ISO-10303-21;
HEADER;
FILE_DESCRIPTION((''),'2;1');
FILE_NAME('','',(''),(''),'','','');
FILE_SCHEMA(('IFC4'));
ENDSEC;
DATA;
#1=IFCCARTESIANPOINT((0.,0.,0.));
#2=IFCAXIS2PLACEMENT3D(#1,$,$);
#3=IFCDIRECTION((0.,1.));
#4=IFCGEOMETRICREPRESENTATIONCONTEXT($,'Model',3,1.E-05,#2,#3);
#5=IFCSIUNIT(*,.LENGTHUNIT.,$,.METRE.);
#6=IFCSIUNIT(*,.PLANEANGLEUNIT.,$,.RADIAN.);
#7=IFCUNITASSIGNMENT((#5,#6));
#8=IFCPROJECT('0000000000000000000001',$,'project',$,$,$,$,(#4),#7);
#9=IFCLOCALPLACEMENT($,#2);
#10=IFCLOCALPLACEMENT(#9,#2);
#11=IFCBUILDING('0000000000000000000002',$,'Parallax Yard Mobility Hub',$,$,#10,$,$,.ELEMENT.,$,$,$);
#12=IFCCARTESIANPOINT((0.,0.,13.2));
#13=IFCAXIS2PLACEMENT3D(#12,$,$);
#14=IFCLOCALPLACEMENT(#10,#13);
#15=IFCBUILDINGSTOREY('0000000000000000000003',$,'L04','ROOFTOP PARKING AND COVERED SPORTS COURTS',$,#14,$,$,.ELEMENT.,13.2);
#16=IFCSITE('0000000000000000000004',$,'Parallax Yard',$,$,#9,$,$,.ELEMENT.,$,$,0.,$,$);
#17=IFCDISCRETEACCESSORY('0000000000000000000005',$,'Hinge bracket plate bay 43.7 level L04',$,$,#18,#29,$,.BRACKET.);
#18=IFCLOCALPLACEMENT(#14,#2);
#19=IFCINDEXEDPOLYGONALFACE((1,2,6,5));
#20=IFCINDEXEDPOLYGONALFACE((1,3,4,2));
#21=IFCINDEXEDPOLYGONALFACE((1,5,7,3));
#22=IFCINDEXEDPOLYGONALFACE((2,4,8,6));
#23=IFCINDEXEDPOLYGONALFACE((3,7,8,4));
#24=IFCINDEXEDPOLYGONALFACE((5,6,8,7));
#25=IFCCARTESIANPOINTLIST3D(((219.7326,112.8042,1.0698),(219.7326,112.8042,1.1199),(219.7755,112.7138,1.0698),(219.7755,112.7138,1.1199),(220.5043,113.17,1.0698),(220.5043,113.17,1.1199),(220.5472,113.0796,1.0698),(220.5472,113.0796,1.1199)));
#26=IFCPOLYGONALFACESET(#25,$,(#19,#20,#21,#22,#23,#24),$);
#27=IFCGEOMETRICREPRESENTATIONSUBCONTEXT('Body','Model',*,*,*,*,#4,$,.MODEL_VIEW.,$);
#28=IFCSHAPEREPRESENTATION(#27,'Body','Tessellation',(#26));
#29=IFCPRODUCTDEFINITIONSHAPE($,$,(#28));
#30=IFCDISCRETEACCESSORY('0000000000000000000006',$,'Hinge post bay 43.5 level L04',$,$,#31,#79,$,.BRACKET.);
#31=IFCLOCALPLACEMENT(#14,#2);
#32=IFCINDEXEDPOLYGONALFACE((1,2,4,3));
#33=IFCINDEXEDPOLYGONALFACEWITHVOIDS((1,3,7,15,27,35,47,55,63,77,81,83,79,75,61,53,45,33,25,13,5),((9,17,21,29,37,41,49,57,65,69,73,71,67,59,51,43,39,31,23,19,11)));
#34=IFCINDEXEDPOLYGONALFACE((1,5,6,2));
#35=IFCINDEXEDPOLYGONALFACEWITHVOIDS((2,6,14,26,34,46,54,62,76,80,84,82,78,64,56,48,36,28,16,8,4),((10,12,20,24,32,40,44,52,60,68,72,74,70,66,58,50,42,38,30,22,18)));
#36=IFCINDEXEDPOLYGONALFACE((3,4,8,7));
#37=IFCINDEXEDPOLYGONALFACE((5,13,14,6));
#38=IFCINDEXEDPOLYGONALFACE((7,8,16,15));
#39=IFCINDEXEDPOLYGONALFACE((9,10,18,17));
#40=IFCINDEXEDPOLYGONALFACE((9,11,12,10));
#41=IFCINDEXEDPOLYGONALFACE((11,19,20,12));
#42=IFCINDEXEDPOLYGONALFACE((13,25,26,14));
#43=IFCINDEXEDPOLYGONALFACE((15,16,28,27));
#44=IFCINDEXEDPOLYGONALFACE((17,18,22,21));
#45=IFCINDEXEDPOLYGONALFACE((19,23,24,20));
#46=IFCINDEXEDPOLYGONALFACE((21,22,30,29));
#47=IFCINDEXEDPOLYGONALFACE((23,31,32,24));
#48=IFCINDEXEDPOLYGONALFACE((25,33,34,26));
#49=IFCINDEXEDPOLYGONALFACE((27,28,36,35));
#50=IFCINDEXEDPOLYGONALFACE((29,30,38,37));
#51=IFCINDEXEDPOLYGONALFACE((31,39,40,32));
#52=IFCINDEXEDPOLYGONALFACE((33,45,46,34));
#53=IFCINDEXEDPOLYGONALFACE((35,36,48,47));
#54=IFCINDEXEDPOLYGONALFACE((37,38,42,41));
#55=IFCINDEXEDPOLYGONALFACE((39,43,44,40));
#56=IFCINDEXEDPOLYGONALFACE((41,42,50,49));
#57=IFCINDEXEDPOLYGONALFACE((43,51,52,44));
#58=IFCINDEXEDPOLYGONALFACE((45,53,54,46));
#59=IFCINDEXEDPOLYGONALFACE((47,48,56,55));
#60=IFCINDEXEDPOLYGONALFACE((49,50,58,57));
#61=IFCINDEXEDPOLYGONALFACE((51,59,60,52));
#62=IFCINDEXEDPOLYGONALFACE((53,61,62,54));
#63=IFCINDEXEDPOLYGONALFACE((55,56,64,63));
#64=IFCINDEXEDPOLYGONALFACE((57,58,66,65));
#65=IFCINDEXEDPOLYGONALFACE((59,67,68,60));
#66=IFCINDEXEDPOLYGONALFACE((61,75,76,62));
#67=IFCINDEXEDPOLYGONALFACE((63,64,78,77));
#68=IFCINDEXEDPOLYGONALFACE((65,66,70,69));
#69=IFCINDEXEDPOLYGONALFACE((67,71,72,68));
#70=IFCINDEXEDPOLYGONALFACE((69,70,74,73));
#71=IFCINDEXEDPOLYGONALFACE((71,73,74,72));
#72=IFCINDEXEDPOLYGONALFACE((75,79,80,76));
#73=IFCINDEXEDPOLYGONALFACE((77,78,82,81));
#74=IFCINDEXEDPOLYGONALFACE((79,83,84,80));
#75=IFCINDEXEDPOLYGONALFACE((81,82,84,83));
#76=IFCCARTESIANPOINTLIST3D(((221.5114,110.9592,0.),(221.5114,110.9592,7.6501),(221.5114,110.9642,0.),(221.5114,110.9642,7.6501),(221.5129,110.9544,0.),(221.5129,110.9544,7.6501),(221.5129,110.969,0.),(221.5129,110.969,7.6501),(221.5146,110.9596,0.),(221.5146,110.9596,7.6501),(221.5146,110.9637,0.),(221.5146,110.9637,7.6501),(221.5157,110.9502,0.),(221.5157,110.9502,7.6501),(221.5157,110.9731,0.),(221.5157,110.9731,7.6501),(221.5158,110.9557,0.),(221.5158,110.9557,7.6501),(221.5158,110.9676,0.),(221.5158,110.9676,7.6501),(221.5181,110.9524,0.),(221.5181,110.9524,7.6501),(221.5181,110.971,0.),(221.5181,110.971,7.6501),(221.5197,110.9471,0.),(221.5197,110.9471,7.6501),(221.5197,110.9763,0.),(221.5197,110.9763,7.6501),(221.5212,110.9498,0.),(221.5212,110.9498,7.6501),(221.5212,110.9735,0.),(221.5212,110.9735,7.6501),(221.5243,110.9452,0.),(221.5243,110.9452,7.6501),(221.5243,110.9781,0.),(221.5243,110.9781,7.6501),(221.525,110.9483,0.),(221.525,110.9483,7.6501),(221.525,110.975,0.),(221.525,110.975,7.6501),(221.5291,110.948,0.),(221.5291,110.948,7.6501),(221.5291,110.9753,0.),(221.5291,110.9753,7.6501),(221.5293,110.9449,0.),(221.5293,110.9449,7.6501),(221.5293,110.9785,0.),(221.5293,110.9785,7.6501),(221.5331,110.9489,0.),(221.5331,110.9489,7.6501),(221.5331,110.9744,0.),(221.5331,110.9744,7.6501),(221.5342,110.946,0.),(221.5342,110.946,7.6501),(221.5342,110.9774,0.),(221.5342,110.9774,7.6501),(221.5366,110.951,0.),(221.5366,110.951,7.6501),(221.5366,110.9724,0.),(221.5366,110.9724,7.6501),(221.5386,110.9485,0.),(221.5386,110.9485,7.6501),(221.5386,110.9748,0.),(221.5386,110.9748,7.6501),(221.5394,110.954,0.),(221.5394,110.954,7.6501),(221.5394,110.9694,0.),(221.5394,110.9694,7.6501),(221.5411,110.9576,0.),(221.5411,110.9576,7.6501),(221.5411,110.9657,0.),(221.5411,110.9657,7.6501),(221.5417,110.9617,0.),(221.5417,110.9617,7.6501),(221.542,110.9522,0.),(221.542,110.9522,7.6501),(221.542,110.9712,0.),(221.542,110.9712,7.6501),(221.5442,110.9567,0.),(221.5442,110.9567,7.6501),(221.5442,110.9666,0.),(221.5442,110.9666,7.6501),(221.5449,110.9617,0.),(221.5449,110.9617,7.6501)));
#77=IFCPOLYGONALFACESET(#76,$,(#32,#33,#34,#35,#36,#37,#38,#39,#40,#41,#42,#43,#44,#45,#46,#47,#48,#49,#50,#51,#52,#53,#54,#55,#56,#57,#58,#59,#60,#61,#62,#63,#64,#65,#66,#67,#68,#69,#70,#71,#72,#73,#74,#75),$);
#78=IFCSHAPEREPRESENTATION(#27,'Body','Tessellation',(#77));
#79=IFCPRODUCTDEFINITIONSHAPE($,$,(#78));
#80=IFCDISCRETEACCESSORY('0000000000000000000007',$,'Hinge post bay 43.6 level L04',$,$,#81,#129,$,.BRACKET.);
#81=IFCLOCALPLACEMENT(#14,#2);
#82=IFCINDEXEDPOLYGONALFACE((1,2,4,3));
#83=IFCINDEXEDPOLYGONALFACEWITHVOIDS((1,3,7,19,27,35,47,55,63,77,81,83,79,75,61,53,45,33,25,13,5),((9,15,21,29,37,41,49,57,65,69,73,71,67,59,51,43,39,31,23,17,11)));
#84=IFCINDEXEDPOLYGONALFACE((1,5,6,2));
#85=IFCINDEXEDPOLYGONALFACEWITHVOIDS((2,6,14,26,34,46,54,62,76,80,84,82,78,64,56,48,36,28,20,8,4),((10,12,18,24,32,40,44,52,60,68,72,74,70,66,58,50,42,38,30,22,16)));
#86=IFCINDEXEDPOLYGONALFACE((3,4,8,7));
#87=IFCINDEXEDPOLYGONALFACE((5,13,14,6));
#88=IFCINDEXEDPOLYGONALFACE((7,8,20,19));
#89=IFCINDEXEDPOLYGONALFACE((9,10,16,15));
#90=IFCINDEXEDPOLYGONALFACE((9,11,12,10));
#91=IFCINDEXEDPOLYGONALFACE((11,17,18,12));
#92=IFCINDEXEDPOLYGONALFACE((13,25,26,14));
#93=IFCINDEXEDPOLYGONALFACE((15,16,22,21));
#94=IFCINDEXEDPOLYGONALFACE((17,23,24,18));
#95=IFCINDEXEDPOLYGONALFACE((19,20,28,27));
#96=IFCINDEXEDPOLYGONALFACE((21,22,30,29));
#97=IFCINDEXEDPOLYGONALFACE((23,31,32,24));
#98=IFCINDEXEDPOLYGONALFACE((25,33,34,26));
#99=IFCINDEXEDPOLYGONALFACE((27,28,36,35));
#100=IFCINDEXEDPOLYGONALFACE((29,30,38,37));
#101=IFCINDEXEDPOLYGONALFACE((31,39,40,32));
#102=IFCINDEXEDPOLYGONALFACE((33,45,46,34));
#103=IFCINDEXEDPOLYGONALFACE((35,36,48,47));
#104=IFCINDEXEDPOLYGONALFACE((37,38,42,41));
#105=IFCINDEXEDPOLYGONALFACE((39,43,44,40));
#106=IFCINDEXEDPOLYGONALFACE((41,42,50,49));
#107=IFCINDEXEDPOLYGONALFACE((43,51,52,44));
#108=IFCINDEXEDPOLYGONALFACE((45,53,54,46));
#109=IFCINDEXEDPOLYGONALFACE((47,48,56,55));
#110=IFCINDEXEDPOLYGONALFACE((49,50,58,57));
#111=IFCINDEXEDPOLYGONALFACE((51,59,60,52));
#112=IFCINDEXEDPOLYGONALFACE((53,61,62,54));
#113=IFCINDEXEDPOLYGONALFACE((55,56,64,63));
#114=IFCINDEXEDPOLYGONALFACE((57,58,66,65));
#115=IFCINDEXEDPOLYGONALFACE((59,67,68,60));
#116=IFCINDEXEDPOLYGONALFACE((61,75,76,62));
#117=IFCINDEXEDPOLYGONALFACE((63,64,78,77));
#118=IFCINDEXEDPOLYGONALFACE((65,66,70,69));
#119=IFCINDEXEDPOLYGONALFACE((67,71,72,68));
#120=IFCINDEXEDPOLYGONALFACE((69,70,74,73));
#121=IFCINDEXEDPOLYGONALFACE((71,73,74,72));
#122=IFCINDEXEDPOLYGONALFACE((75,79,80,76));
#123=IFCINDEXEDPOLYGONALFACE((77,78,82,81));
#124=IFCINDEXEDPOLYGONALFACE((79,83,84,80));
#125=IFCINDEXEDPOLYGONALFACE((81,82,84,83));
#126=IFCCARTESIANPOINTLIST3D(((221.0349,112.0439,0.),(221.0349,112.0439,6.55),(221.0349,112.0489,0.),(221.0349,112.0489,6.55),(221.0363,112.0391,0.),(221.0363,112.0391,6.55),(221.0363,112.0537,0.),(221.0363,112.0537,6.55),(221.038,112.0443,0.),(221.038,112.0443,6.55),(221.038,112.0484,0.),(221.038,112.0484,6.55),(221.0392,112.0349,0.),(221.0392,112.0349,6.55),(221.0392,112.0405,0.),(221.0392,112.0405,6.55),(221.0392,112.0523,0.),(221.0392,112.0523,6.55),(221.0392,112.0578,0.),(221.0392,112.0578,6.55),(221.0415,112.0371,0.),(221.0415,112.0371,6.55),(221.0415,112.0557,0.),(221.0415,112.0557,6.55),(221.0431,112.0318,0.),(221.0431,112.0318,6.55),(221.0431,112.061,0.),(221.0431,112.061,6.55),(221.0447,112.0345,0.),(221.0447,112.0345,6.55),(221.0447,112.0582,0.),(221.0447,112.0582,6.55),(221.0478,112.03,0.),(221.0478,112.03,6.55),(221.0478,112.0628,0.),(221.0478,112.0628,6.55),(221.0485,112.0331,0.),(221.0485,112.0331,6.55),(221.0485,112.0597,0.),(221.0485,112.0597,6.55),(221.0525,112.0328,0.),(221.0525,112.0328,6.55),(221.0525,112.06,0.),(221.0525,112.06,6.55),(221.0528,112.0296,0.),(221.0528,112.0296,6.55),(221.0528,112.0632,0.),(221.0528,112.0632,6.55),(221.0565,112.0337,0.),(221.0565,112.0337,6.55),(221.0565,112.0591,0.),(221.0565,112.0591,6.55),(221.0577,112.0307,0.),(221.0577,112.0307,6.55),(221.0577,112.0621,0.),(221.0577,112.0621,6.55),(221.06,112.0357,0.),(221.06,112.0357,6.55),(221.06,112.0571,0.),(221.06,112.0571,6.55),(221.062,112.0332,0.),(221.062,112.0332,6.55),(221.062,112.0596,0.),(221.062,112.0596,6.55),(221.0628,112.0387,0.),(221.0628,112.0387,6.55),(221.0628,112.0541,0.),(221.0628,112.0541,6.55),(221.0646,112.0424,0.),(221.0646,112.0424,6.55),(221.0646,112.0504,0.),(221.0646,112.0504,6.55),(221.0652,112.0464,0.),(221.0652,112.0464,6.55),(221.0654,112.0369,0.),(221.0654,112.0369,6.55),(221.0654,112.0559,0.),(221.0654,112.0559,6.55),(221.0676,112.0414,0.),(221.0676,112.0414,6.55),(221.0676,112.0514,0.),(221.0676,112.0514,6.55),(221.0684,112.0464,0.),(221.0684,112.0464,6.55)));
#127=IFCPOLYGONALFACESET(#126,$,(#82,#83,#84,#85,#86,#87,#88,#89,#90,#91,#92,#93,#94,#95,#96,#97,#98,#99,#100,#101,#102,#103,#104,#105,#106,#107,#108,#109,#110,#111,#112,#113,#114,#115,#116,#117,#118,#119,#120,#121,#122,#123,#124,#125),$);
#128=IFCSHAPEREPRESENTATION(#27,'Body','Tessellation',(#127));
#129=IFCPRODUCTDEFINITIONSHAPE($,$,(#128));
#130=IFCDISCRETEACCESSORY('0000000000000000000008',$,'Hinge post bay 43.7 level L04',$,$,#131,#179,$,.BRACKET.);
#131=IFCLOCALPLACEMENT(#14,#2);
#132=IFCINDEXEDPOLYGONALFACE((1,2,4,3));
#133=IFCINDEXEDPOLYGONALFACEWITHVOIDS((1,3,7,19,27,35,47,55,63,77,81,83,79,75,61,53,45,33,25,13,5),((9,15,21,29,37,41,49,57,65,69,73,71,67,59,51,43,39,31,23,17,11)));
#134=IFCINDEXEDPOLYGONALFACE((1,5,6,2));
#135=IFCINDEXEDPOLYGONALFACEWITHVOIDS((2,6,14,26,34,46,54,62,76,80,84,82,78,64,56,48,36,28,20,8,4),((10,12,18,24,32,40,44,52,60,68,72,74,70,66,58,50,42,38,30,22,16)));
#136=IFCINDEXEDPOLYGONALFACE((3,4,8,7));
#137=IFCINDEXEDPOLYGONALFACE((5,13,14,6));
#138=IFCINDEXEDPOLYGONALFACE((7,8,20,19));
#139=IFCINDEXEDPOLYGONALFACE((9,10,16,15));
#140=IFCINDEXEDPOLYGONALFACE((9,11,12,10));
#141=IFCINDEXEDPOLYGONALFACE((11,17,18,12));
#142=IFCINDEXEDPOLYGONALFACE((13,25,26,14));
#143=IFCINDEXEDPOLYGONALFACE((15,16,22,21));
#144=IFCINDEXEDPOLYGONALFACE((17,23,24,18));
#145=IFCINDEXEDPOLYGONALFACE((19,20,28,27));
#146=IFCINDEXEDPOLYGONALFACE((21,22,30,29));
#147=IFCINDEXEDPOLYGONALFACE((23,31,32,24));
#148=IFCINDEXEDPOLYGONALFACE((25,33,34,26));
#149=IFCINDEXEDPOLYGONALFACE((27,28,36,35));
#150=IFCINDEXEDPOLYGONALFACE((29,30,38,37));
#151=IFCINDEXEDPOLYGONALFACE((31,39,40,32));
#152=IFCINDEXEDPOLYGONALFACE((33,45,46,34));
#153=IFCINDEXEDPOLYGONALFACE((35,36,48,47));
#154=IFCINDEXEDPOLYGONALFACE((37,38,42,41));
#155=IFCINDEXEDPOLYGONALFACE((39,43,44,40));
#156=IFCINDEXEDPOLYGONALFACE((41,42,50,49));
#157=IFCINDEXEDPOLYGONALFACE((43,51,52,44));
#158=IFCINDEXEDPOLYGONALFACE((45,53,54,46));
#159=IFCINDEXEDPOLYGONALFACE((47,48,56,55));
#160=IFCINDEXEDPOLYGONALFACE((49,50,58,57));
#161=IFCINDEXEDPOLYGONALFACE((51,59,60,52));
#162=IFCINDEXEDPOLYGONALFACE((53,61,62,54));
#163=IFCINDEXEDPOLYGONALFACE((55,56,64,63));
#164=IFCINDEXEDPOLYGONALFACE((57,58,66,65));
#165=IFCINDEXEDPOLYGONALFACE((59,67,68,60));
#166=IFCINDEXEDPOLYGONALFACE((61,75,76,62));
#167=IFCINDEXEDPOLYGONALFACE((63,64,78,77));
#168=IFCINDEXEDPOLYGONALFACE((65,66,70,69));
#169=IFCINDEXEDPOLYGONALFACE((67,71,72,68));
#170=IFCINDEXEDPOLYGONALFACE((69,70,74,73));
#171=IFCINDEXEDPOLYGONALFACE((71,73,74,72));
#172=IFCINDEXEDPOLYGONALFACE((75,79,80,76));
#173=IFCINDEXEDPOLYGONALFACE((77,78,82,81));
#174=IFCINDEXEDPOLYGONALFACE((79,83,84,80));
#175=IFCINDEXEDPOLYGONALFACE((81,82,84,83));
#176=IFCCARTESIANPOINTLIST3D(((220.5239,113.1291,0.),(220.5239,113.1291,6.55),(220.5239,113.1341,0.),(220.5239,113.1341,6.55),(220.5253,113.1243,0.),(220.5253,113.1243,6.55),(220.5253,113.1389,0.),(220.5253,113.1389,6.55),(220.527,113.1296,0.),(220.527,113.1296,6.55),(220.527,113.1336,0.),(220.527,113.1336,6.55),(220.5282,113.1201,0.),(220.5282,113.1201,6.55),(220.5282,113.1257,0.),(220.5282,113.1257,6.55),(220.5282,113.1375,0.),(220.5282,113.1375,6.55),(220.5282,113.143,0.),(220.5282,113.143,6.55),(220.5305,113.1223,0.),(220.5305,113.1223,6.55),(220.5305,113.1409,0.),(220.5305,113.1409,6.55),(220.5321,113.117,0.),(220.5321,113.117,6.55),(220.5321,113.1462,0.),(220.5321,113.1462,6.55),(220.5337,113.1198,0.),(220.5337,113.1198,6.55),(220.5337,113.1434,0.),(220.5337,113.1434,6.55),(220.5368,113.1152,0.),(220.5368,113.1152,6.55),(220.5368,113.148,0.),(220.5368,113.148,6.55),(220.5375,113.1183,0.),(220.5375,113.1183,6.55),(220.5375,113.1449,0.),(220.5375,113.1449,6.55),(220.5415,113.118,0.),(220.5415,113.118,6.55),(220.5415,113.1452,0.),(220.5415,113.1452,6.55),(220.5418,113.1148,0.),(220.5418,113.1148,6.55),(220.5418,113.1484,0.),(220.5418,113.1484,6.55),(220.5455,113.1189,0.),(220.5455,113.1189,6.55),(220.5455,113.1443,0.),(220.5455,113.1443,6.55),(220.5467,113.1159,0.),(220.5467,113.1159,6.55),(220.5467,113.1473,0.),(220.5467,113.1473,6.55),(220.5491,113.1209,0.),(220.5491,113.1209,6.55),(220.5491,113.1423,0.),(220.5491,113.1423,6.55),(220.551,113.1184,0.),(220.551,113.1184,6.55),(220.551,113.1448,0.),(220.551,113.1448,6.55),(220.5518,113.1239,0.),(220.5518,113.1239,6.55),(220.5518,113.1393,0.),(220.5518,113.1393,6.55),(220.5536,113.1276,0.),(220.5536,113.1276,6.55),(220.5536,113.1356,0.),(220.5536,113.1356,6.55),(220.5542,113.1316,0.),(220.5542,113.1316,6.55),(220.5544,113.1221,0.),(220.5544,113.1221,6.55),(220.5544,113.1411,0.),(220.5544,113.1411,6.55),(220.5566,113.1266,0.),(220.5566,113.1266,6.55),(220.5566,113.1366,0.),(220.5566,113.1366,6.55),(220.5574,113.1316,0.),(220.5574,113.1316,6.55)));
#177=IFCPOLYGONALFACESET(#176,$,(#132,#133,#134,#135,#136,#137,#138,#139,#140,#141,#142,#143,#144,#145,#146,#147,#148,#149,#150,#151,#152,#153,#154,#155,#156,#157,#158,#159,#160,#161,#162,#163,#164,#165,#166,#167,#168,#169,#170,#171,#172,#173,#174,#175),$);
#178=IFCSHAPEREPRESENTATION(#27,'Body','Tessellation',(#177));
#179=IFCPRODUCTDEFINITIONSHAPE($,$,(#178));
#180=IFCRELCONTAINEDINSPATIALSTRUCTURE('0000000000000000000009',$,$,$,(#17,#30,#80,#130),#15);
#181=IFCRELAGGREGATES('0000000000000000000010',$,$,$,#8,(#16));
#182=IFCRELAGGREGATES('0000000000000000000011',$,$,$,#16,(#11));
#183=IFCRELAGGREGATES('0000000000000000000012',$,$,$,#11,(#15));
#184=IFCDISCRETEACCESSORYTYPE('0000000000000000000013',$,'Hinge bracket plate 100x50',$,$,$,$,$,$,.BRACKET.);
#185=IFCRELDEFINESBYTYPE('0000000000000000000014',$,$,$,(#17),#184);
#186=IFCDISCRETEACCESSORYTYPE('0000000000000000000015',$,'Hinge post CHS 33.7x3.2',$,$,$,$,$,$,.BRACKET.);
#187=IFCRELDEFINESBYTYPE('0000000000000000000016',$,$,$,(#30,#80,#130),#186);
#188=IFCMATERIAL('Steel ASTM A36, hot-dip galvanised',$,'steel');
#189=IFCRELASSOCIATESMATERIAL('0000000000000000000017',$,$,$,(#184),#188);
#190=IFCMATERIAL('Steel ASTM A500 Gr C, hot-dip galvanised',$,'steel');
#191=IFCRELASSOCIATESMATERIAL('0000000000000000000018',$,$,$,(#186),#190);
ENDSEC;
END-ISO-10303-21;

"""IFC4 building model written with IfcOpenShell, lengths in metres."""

from ifc_helpers import new_model, si_unit, direction, frame, origin, origin_2d, place, context, subcontext, project, spatial, rectangle, hollow_circle, extrude, material, material_profile, profile_set, type_object, element, save


model = new_model("IFC4")

# Units and contexts
model_context = context("Model", 3, precision=1e-05, world=origin(), true_north=direction((0.0, 1.0)))
body_context = subcontext(model_context, "Body", "Model", "MODEL_VIEW")
ifc_project = project(units=[si_unit("LENGTHUNIT", "METRE"), si_unit("PLANEANGLEUNIT", "RADIAN")], contexts=[model_context])

# Site, building, storey
site_placement = place(None, origin())
site = spatial("IfcSite", under=ifc_project, at=site_placement, Name="Parallax Yard", CompositionType="ELEMENT", RefElevation=0.0)
building_placement = place(site_placement, origin())
building = spatial("IfcBuilding", under=site, at=building_placement, Name="Parallax Yard Mobility Hub", CompositionType="ELEMENT")
storey_placement = place(building_placement, frame((0.0, 0.0, 13.2)))
storey = spatial("IfcBuildingStorey", under=building, at=storey_placement, Name="L04", Description="ROOFTOP PARKING AND COVERED SPORTS COURTS", CompositionType="ELEMENT", Elevation=13.2)

# Discrete accessories
ifc_material_1 = material(Name="Steel ASTM A36, hot-dip galvanised", Category="steel")
discrete_accessory_type_1 = type_object("IfcDiscreteAccessoryType", Name="Hinge bracket plate 100x50", PredefinedType="BRACKET", material=ifc_material_1)
discrete_accessory_1_placement = place(storey_placement, frame((220.1399, 112.9419, 1.0698), z_axis=(0.0, 0.0, 1.0), x_axis=(0.903608, 0.428361, 0.0)))
element("IfcDiscreteAccessory", 1, at=discrete_accessory_1_placement, inside=storey, type_object=discrete_accessory_type_1, Name="Hinge bracket plate bay 43.7 level L04", PredefinedType="BRACKET", context=body_context, shape_type="SweptSolid", body=[
    extrude(rectangle(XDim=0.854, YDim=0.1001, at=origin_2d()), origin(), (0.0, 0.0, 1.0), 0.05),
])
ifc_material_2 = material(Name="Steel ASTM A500 Gr C, hot-dip galvanised", Category="steel")
ifc_material_profile_1 = material_profile(ifc_material_2, hollow_circle(Radius=0.0168, WallThickness=0.0032, at=origin_2d()), Name="CHS 33.7x3.2")
ifc_profile_set_1 = profile_set([ifc_material_profile_1], Name="Steel ASTM A500 Gr C, hot-dip galvanised")
discrete_accessory_type_2 = type_object("IfcDiscreteAccessoryType", Name="Hinge post CHS 33.7x3.2", PredefinedType="BRACKET", material=ifc_profile_set_1)
discrete_accessory_2_placement = place(storey_placement, frame((221.5281, 110.9617, 0.0), z_axis=(0.0, 0.0, 1.0), x_axis=(1.0, 0.0, 0.0)))
element("IfcDiscreteAccessory", 2, at=discrete_accessory_2_placement, inside=storey, type_object=discrete_accessory_type_2, Name="Hinge post bay 43.5 level L04", PredefinedType="BRACKET", context=body_context, shape_type="SweptSolid", body=[
    extrude(hollow_circle(Radius=0.0168, WallThickness=0.0032, at=origin_2d()), origin(), (0.0, 0.0, 1.0), 7.6501),
])
for number, where, z_axis, x_axis, name in (
    (3, (221.0515, 112.0464, 0.0), (0.0, 0.0, 1.0), (1.0, 0.0, 0.0), "Hinge post bay 43.6 level L04"),
    (4, (220.5405, 113.1316, 0.0), (0.0, 0.0, 1.0), (1.0, 0.0, 0.0), "Hinge post bay 43.7 level L04"),
):
    element("IfcDiscreteAccessory", number, at=place(storey_placement, frame(where, z_axis=z_axis, x_axis=x_axis)), inside=storey, type_object=discrete_accessory_type_2, Name=name, PredefinedType="BRACKET", context=body_context, shape_type="SweptSolid", body=[
        extrude(hollow_circle(Radius=0.0168, WallThickness=0.0032, at=origin_2d()), origin(), (0.0, 0.0, 1.0), 6.55),
    ])

save(model, "model.ifc")
